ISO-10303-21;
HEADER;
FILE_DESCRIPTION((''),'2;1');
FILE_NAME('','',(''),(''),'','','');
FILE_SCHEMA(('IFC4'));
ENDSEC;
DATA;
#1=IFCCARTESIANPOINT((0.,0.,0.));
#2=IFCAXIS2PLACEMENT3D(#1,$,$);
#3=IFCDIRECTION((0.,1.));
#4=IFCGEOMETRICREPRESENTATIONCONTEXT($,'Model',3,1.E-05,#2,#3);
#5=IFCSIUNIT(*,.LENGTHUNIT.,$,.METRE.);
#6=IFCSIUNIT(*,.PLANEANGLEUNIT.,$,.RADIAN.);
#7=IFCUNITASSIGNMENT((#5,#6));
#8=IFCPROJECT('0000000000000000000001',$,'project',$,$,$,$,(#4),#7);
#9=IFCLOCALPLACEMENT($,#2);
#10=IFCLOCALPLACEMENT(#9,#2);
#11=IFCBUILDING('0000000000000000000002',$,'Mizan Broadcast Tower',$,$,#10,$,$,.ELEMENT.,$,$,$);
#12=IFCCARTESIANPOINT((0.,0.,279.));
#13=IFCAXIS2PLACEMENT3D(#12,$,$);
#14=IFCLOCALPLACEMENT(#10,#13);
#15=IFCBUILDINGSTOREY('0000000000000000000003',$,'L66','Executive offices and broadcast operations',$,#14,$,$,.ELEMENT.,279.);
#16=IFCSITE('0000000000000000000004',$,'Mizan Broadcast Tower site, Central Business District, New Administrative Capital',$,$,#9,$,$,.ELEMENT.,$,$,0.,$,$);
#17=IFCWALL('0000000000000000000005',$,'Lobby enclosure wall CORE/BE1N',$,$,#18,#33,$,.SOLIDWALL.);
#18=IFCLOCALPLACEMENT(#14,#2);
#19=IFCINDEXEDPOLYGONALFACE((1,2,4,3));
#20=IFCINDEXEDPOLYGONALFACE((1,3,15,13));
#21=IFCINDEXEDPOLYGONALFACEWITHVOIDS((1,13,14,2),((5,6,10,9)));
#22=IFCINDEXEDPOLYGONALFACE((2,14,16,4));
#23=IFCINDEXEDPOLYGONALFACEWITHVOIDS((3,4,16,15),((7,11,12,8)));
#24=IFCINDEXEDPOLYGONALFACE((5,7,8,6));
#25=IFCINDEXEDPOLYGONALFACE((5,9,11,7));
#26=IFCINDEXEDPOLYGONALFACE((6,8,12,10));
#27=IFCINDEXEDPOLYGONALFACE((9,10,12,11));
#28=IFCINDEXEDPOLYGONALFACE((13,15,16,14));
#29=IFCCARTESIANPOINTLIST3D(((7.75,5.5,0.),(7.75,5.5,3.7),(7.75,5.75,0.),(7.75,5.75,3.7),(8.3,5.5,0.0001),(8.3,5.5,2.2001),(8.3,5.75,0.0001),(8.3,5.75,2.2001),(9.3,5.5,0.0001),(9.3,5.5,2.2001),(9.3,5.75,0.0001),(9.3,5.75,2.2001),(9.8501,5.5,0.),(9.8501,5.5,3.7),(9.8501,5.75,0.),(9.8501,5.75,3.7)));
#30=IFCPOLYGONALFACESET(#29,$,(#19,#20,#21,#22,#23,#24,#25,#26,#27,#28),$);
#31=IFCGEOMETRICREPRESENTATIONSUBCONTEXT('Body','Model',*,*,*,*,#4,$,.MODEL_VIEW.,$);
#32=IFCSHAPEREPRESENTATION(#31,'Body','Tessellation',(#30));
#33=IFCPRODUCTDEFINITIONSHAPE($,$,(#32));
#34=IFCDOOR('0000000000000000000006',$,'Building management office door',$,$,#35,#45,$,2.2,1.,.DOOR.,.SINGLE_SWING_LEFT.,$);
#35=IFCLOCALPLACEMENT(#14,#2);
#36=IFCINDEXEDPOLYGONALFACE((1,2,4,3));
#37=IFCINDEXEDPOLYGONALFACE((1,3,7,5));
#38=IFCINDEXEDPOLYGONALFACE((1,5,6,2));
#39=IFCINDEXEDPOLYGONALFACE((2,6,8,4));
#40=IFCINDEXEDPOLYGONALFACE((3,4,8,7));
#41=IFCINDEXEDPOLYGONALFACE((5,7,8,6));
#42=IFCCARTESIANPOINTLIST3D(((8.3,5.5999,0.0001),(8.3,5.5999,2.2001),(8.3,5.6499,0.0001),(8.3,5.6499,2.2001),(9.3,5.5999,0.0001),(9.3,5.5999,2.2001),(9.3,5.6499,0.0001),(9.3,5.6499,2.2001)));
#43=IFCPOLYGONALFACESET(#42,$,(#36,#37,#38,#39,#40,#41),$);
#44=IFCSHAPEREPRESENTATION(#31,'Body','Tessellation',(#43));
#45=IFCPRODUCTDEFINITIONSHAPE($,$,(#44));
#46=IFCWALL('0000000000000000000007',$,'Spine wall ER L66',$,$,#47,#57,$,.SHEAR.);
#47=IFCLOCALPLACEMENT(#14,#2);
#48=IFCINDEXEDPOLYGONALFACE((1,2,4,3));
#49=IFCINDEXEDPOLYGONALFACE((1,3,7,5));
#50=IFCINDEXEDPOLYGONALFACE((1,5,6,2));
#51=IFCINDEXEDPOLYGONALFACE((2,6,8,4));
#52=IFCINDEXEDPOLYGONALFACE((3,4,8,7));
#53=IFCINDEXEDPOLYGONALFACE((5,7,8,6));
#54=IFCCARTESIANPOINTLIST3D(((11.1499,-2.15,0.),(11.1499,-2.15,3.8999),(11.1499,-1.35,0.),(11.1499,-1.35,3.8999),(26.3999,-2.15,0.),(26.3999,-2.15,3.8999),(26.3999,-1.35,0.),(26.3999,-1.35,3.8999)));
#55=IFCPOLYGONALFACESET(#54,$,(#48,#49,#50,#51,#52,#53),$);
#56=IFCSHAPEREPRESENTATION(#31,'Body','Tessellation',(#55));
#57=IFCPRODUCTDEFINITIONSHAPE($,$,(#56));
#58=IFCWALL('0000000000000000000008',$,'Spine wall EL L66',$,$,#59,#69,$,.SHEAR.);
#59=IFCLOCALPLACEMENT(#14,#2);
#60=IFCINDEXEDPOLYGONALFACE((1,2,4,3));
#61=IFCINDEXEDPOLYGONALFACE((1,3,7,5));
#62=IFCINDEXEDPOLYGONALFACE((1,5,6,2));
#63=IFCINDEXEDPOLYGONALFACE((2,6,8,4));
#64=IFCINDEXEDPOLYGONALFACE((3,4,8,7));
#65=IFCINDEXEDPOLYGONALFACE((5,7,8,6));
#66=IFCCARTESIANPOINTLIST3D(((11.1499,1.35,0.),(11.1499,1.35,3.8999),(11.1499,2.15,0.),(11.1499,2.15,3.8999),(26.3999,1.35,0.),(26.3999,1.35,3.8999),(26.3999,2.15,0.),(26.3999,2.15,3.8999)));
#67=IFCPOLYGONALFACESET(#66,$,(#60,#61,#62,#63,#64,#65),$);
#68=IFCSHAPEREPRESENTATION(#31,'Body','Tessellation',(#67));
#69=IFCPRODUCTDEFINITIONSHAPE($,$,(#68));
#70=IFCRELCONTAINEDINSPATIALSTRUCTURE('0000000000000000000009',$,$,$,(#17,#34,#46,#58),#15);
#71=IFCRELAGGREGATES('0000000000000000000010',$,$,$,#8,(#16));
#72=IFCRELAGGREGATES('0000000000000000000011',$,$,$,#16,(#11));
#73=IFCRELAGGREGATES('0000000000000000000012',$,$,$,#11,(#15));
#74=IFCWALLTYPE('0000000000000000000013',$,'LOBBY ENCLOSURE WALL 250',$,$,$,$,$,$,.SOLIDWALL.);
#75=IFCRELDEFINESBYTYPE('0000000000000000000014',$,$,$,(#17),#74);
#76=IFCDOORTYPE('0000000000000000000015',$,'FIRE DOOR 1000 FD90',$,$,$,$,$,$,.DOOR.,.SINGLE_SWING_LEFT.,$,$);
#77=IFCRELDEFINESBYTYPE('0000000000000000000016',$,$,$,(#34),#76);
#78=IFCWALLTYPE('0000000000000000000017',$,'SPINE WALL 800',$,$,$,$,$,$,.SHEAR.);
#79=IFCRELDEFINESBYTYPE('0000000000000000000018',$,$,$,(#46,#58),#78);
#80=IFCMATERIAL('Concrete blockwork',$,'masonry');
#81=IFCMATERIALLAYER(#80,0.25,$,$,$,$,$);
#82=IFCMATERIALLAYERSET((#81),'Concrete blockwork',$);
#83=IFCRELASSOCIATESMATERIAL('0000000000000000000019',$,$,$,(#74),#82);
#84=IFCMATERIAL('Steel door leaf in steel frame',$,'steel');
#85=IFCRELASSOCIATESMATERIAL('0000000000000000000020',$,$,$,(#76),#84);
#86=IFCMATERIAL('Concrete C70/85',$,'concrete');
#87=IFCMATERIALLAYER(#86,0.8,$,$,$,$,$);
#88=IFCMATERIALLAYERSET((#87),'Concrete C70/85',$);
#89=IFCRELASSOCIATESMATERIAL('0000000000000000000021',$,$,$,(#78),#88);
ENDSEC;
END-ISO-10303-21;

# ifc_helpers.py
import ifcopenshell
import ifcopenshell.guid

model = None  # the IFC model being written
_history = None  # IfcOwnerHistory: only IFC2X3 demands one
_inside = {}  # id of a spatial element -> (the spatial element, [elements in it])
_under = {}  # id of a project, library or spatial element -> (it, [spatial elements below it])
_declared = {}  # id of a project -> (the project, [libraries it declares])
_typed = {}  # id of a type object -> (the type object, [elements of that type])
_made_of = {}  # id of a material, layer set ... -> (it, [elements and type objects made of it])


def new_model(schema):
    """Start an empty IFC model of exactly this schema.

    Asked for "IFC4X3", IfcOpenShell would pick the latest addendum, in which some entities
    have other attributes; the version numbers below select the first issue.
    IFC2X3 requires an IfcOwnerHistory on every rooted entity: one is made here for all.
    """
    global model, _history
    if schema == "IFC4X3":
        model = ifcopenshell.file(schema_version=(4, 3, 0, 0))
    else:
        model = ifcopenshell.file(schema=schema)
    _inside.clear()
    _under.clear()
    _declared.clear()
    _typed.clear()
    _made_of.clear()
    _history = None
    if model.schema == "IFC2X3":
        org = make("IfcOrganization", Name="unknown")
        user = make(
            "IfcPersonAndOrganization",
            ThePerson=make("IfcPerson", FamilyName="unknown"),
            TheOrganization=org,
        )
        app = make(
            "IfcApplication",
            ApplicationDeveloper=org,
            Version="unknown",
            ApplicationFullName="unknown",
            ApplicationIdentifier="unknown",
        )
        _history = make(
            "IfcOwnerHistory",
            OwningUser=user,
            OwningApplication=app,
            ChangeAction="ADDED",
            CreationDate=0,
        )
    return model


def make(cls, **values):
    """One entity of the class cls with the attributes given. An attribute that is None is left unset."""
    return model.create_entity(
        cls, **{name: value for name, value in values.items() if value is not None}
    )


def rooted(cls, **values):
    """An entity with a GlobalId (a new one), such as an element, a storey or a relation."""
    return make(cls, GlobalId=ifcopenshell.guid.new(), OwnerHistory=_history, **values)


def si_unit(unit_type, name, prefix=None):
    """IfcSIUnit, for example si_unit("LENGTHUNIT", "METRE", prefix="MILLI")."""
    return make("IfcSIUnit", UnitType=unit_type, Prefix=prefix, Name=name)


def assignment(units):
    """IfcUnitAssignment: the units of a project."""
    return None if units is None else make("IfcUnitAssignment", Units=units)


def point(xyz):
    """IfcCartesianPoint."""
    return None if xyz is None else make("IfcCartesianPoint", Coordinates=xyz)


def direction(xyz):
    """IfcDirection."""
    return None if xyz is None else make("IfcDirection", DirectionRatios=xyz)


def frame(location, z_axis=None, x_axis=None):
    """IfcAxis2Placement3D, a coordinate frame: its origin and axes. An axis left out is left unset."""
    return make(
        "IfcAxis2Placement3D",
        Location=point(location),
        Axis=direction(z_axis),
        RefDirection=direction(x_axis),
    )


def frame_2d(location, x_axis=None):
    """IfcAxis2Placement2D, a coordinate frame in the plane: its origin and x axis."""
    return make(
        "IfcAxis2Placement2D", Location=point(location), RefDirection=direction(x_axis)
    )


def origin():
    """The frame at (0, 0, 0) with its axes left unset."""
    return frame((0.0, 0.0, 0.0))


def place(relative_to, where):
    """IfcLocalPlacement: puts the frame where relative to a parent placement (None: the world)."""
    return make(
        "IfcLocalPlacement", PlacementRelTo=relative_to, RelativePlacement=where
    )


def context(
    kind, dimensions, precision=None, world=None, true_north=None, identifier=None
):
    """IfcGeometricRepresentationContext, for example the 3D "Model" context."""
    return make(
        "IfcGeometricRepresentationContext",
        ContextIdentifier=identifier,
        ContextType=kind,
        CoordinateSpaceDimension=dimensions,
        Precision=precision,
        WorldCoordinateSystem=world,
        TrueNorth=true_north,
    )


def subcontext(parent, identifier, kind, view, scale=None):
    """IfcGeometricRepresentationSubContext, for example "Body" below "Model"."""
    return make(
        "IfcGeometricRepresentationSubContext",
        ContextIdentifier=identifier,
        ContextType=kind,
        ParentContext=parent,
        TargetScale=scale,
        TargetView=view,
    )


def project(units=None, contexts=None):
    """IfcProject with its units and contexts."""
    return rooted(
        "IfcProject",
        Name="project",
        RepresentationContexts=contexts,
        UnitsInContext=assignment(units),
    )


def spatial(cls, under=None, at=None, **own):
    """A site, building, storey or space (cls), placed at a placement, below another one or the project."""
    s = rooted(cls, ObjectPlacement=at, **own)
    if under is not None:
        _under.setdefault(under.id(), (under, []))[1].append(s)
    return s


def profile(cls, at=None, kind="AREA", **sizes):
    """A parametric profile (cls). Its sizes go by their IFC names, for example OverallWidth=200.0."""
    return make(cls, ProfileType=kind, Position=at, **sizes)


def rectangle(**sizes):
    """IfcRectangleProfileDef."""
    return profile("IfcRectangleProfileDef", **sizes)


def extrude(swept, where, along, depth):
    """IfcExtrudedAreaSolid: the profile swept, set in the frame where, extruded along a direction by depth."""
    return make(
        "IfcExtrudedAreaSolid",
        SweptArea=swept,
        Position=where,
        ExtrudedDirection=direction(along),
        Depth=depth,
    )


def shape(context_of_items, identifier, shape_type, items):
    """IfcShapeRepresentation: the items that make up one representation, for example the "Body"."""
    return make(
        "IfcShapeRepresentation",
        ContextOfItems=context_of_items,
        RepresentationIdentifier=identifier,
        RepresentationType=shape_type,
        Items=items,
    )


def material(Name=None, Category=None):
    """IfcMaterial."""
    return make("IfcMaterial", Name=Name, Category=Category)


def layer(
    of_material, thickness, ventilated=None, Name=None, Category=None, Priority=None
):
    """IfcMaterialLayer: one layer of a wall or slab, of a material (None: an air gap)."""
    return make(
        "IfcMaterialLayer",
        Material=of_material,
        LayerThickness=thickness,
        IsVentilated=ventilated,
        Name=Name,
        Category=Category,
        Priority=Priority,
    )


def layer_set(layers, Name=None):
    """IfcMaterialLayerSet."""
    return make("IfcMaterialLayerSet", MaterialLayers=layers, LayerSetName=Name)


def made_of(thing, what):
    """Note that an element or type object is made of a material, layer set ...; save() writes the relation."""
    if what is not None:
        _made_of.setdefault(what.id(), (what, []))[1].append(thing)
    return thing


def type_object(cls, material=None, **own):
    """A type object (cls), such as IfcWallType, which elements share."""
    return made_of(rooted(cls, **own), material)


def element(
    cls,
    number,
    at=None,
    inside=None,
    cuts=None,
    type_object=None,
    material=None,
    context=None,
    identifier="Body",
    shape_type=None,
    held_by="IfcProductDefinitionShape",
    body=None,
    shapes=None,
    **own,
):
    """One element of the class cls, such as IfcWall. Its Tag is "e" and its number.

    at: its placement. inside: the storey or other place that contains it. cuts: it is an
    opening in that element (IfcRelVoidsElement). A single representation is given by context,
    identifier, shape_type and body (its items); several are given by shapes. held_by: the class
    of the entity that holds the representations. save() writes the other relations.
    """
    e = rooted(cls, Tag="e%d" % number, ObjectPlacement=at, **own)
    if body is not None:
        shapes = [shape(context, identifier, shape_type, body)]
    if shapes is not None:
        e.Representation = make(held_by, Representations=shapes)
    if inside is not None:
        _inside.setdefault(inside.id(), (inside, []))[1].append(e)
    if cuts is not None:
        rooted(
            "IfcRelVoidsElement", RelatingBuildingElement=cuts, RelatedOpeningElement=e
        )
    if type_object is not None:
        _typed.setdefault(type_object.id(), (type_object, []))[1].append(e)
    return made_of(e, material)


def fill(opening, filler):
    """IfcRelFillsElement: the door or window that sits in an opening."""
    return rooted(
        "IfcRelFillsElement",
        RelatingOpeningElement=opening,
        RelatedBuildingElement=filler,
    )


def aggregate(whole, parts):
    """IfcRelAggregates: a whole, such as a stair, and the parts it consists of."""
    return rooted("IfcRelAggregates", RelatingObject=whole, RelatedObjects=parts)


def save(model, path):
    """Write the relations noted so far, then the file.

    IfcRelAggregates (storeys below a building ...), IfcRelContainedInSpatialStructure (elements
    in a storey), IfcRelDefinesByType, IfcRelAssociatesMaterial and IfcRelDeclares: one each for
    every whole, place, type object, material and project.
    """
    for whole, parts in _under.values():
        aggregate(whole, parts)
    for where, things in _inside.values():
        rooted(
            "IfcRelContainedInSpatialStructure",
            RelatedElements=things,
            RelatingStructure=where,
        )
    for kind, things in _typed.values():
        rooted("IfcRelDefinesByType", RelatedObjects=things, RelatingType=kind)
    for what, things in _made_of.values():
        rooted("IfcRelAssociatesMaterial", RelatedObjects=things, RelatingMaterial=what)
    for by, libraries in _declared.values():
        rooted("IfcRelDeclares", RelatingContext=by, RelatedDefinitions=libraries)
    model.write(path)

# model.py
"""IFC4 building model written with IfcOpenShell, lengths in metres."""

from ifc_helpers import new_model, si_unit, direction, frame, frame_2d, origin, place, context, subcontext, project, spatial, rectangle, extrude, material, layer, layer_set, type_object, element, fill, save


model = new_model("IFC4")

# Units and contexts
model_context = context("Model", 3, precision=1e-05, world=origin(), true_north=direction((0.0, 1.0)))
body_context = subcontext(model_context, "Body", "Model", "MODEL_VIEW")
ifc_project = project(units=[si_unit("LENGTHUNIT", "METRE"), si_unit("PLANEANGLEUNIT", "RADIAN")], contexts=[model_context])

# Site, building, storey
site_placement = place(None, origin())
site = spatial("IfcSite", under=ifc_project, at=site_placement, Name="Mizan Broadcast Tower site, Central Business District, New Administrative Capital", CompositionType="ELEMENT", RefElevation=0.0)
building_placement = place(site_placement, origin())
building = spatial("IfcBuilding", under=site, at=building_placement, Name="Mizan Broadcast Tower", CompositionType="ELEMENT")
storey_placement = place(building_placement, frame((0.0, 0.0, 279.0)))
storey = spatial("IfcBuildingStorey", under=building, at=storey_placement, Name="L66", Description="Executive offices and broadcast operations", CompositionType="ELEMENT", Elevation=279.0)

# Wall, opening, door
ifc_material_1 = material(Name="Concrete blockwork", Category="masonry")
ifc_layer_1 = layer(ifc_material_1, 0.25)
ifc_layer_set_1 = layer_set([ifc_layer_1], Name="Concrete blockwork")
wall_type_1 = type_object("IfcWallType", Name="LOBBY ENCLOSURE WALL 250", PredefinedType="SOLIDWALL", material=ifc_layer_set_1)
wall_1_placement = place(storey_placement, frame((7.75, 5.625, 0.0), z_axis=(0.0, 0.0, 1.0), x_axis=(1.0, 0.0, 0.0)))
wall_1 = element("IfcWall", 1, at=wall_1_placement, inside=storey, type_object=wall_type_1, Name="Lobby enclosure wall CORE/BE1N", PredefinedType="SOLIDWALL", context=body_context, shape_type="SweptSolid", body=[
    extrude(rectangle(XDim=2.1001, YDim=0.25, at=frame_2d((1.05, 0.0))), origin(), (0.0, 0.0, 1.0), 3.7),
])
opening_1_placement = place(wall_1_placement, frame((0.55, 0.0, 0.0)))
opening_1 = element("IfcOpeningElement", 2, at=opening_1_placement, cuts=wall_1, PredefinedType="OPENING", context=body_context, shape_type="SweptSolid", body=[
    extrude(rectangle(XDim=1.0, YDim=2.2, at=frame_2d((0.5, 1.1001))), frame((0.0, 0.135, 0.0), z_axis=(0.0, -1.0, 0.0), x_axis=(1.0, 0.0, 0.0)), (0.0, 0.0, 1.0), 0.27),
])
ifc_material_2 = material(Name="Steel door leaf in steel frame", Category="steel")
door_type_1 = type_object("IfcDoorType", Name="FIRE DOOR 1000 FD90", OperationType="SINGLE_SWING_LEFT", PredefinedType="DOOR", material=ifc_material_2)
door_1_placement = place(opening_1_placement, origin())
door_1 = element("IfcDoor", 3, at=door_1_placement, inside=storey, type_object=door_type_1, Name="Building management office door", OperationType="SINGLE_SWING_LEFT", OverallHeight=2.2, OverallWidth=1.0, PredefinedType="DOOR", context=body_context, shape_type="SweptSolid", body=[
    extrude(rectangle(XDim=1.0, YDim=2.2, at=frame_2d((0.5, 1.1001))), frame((0.0, 0.0249, 0.0), z_axis=(0.0, -1.0, 0.0), x_axis=(1.0, 0.0, 0.0)), (0.0, 0.0, 1.0), 0.05),
])
fill(opening_1, door_1)

# Walls
ifc_material_3 = material(Name="Concrete C70/85", Category="concrete")
ifc_layer_2 = layer(ifc_material_3, 0.8)
ifc_layer_set_2 = layer_set([ifc_layer_2], Name="Concrete C70/85")
wall_type_2 = type_object("IfcWallType", Name="SPINE WALL 800", PredefinedType="SHEAR", material=ifc_layer_set_2)
for number, where, z_axis, x_axis, name in (
    (4, (11.1499, -1.75, 0.0), (0.0, 0.0, 1.0), (1.0, 0.0, 0.0), "Spine wall ER L66"),
    (5, (11.1499, 1.75, 0.0), (0.0, 0.0, 1.0), (1.0, 0.0, 0.0), "Spine wall EL L66"),
):
    element("IfcWall", number, at=place(storey_placement, frame(where, z_axis=z_axis, x_axis=x_axis)), inside=storey, type_object=wall_type_2, Name=name, PredefinedType="SHEAR", context=body_context, shape_type="SweptSolid", body=[
        extrude(rectangle(XDim=15.25, YDim=0.8, at=frame_2d((7.625, 0.0))), origin(), (0.0, 0.0, 1.0), 3.8999),
    ])

save(model, "model.ifc")
